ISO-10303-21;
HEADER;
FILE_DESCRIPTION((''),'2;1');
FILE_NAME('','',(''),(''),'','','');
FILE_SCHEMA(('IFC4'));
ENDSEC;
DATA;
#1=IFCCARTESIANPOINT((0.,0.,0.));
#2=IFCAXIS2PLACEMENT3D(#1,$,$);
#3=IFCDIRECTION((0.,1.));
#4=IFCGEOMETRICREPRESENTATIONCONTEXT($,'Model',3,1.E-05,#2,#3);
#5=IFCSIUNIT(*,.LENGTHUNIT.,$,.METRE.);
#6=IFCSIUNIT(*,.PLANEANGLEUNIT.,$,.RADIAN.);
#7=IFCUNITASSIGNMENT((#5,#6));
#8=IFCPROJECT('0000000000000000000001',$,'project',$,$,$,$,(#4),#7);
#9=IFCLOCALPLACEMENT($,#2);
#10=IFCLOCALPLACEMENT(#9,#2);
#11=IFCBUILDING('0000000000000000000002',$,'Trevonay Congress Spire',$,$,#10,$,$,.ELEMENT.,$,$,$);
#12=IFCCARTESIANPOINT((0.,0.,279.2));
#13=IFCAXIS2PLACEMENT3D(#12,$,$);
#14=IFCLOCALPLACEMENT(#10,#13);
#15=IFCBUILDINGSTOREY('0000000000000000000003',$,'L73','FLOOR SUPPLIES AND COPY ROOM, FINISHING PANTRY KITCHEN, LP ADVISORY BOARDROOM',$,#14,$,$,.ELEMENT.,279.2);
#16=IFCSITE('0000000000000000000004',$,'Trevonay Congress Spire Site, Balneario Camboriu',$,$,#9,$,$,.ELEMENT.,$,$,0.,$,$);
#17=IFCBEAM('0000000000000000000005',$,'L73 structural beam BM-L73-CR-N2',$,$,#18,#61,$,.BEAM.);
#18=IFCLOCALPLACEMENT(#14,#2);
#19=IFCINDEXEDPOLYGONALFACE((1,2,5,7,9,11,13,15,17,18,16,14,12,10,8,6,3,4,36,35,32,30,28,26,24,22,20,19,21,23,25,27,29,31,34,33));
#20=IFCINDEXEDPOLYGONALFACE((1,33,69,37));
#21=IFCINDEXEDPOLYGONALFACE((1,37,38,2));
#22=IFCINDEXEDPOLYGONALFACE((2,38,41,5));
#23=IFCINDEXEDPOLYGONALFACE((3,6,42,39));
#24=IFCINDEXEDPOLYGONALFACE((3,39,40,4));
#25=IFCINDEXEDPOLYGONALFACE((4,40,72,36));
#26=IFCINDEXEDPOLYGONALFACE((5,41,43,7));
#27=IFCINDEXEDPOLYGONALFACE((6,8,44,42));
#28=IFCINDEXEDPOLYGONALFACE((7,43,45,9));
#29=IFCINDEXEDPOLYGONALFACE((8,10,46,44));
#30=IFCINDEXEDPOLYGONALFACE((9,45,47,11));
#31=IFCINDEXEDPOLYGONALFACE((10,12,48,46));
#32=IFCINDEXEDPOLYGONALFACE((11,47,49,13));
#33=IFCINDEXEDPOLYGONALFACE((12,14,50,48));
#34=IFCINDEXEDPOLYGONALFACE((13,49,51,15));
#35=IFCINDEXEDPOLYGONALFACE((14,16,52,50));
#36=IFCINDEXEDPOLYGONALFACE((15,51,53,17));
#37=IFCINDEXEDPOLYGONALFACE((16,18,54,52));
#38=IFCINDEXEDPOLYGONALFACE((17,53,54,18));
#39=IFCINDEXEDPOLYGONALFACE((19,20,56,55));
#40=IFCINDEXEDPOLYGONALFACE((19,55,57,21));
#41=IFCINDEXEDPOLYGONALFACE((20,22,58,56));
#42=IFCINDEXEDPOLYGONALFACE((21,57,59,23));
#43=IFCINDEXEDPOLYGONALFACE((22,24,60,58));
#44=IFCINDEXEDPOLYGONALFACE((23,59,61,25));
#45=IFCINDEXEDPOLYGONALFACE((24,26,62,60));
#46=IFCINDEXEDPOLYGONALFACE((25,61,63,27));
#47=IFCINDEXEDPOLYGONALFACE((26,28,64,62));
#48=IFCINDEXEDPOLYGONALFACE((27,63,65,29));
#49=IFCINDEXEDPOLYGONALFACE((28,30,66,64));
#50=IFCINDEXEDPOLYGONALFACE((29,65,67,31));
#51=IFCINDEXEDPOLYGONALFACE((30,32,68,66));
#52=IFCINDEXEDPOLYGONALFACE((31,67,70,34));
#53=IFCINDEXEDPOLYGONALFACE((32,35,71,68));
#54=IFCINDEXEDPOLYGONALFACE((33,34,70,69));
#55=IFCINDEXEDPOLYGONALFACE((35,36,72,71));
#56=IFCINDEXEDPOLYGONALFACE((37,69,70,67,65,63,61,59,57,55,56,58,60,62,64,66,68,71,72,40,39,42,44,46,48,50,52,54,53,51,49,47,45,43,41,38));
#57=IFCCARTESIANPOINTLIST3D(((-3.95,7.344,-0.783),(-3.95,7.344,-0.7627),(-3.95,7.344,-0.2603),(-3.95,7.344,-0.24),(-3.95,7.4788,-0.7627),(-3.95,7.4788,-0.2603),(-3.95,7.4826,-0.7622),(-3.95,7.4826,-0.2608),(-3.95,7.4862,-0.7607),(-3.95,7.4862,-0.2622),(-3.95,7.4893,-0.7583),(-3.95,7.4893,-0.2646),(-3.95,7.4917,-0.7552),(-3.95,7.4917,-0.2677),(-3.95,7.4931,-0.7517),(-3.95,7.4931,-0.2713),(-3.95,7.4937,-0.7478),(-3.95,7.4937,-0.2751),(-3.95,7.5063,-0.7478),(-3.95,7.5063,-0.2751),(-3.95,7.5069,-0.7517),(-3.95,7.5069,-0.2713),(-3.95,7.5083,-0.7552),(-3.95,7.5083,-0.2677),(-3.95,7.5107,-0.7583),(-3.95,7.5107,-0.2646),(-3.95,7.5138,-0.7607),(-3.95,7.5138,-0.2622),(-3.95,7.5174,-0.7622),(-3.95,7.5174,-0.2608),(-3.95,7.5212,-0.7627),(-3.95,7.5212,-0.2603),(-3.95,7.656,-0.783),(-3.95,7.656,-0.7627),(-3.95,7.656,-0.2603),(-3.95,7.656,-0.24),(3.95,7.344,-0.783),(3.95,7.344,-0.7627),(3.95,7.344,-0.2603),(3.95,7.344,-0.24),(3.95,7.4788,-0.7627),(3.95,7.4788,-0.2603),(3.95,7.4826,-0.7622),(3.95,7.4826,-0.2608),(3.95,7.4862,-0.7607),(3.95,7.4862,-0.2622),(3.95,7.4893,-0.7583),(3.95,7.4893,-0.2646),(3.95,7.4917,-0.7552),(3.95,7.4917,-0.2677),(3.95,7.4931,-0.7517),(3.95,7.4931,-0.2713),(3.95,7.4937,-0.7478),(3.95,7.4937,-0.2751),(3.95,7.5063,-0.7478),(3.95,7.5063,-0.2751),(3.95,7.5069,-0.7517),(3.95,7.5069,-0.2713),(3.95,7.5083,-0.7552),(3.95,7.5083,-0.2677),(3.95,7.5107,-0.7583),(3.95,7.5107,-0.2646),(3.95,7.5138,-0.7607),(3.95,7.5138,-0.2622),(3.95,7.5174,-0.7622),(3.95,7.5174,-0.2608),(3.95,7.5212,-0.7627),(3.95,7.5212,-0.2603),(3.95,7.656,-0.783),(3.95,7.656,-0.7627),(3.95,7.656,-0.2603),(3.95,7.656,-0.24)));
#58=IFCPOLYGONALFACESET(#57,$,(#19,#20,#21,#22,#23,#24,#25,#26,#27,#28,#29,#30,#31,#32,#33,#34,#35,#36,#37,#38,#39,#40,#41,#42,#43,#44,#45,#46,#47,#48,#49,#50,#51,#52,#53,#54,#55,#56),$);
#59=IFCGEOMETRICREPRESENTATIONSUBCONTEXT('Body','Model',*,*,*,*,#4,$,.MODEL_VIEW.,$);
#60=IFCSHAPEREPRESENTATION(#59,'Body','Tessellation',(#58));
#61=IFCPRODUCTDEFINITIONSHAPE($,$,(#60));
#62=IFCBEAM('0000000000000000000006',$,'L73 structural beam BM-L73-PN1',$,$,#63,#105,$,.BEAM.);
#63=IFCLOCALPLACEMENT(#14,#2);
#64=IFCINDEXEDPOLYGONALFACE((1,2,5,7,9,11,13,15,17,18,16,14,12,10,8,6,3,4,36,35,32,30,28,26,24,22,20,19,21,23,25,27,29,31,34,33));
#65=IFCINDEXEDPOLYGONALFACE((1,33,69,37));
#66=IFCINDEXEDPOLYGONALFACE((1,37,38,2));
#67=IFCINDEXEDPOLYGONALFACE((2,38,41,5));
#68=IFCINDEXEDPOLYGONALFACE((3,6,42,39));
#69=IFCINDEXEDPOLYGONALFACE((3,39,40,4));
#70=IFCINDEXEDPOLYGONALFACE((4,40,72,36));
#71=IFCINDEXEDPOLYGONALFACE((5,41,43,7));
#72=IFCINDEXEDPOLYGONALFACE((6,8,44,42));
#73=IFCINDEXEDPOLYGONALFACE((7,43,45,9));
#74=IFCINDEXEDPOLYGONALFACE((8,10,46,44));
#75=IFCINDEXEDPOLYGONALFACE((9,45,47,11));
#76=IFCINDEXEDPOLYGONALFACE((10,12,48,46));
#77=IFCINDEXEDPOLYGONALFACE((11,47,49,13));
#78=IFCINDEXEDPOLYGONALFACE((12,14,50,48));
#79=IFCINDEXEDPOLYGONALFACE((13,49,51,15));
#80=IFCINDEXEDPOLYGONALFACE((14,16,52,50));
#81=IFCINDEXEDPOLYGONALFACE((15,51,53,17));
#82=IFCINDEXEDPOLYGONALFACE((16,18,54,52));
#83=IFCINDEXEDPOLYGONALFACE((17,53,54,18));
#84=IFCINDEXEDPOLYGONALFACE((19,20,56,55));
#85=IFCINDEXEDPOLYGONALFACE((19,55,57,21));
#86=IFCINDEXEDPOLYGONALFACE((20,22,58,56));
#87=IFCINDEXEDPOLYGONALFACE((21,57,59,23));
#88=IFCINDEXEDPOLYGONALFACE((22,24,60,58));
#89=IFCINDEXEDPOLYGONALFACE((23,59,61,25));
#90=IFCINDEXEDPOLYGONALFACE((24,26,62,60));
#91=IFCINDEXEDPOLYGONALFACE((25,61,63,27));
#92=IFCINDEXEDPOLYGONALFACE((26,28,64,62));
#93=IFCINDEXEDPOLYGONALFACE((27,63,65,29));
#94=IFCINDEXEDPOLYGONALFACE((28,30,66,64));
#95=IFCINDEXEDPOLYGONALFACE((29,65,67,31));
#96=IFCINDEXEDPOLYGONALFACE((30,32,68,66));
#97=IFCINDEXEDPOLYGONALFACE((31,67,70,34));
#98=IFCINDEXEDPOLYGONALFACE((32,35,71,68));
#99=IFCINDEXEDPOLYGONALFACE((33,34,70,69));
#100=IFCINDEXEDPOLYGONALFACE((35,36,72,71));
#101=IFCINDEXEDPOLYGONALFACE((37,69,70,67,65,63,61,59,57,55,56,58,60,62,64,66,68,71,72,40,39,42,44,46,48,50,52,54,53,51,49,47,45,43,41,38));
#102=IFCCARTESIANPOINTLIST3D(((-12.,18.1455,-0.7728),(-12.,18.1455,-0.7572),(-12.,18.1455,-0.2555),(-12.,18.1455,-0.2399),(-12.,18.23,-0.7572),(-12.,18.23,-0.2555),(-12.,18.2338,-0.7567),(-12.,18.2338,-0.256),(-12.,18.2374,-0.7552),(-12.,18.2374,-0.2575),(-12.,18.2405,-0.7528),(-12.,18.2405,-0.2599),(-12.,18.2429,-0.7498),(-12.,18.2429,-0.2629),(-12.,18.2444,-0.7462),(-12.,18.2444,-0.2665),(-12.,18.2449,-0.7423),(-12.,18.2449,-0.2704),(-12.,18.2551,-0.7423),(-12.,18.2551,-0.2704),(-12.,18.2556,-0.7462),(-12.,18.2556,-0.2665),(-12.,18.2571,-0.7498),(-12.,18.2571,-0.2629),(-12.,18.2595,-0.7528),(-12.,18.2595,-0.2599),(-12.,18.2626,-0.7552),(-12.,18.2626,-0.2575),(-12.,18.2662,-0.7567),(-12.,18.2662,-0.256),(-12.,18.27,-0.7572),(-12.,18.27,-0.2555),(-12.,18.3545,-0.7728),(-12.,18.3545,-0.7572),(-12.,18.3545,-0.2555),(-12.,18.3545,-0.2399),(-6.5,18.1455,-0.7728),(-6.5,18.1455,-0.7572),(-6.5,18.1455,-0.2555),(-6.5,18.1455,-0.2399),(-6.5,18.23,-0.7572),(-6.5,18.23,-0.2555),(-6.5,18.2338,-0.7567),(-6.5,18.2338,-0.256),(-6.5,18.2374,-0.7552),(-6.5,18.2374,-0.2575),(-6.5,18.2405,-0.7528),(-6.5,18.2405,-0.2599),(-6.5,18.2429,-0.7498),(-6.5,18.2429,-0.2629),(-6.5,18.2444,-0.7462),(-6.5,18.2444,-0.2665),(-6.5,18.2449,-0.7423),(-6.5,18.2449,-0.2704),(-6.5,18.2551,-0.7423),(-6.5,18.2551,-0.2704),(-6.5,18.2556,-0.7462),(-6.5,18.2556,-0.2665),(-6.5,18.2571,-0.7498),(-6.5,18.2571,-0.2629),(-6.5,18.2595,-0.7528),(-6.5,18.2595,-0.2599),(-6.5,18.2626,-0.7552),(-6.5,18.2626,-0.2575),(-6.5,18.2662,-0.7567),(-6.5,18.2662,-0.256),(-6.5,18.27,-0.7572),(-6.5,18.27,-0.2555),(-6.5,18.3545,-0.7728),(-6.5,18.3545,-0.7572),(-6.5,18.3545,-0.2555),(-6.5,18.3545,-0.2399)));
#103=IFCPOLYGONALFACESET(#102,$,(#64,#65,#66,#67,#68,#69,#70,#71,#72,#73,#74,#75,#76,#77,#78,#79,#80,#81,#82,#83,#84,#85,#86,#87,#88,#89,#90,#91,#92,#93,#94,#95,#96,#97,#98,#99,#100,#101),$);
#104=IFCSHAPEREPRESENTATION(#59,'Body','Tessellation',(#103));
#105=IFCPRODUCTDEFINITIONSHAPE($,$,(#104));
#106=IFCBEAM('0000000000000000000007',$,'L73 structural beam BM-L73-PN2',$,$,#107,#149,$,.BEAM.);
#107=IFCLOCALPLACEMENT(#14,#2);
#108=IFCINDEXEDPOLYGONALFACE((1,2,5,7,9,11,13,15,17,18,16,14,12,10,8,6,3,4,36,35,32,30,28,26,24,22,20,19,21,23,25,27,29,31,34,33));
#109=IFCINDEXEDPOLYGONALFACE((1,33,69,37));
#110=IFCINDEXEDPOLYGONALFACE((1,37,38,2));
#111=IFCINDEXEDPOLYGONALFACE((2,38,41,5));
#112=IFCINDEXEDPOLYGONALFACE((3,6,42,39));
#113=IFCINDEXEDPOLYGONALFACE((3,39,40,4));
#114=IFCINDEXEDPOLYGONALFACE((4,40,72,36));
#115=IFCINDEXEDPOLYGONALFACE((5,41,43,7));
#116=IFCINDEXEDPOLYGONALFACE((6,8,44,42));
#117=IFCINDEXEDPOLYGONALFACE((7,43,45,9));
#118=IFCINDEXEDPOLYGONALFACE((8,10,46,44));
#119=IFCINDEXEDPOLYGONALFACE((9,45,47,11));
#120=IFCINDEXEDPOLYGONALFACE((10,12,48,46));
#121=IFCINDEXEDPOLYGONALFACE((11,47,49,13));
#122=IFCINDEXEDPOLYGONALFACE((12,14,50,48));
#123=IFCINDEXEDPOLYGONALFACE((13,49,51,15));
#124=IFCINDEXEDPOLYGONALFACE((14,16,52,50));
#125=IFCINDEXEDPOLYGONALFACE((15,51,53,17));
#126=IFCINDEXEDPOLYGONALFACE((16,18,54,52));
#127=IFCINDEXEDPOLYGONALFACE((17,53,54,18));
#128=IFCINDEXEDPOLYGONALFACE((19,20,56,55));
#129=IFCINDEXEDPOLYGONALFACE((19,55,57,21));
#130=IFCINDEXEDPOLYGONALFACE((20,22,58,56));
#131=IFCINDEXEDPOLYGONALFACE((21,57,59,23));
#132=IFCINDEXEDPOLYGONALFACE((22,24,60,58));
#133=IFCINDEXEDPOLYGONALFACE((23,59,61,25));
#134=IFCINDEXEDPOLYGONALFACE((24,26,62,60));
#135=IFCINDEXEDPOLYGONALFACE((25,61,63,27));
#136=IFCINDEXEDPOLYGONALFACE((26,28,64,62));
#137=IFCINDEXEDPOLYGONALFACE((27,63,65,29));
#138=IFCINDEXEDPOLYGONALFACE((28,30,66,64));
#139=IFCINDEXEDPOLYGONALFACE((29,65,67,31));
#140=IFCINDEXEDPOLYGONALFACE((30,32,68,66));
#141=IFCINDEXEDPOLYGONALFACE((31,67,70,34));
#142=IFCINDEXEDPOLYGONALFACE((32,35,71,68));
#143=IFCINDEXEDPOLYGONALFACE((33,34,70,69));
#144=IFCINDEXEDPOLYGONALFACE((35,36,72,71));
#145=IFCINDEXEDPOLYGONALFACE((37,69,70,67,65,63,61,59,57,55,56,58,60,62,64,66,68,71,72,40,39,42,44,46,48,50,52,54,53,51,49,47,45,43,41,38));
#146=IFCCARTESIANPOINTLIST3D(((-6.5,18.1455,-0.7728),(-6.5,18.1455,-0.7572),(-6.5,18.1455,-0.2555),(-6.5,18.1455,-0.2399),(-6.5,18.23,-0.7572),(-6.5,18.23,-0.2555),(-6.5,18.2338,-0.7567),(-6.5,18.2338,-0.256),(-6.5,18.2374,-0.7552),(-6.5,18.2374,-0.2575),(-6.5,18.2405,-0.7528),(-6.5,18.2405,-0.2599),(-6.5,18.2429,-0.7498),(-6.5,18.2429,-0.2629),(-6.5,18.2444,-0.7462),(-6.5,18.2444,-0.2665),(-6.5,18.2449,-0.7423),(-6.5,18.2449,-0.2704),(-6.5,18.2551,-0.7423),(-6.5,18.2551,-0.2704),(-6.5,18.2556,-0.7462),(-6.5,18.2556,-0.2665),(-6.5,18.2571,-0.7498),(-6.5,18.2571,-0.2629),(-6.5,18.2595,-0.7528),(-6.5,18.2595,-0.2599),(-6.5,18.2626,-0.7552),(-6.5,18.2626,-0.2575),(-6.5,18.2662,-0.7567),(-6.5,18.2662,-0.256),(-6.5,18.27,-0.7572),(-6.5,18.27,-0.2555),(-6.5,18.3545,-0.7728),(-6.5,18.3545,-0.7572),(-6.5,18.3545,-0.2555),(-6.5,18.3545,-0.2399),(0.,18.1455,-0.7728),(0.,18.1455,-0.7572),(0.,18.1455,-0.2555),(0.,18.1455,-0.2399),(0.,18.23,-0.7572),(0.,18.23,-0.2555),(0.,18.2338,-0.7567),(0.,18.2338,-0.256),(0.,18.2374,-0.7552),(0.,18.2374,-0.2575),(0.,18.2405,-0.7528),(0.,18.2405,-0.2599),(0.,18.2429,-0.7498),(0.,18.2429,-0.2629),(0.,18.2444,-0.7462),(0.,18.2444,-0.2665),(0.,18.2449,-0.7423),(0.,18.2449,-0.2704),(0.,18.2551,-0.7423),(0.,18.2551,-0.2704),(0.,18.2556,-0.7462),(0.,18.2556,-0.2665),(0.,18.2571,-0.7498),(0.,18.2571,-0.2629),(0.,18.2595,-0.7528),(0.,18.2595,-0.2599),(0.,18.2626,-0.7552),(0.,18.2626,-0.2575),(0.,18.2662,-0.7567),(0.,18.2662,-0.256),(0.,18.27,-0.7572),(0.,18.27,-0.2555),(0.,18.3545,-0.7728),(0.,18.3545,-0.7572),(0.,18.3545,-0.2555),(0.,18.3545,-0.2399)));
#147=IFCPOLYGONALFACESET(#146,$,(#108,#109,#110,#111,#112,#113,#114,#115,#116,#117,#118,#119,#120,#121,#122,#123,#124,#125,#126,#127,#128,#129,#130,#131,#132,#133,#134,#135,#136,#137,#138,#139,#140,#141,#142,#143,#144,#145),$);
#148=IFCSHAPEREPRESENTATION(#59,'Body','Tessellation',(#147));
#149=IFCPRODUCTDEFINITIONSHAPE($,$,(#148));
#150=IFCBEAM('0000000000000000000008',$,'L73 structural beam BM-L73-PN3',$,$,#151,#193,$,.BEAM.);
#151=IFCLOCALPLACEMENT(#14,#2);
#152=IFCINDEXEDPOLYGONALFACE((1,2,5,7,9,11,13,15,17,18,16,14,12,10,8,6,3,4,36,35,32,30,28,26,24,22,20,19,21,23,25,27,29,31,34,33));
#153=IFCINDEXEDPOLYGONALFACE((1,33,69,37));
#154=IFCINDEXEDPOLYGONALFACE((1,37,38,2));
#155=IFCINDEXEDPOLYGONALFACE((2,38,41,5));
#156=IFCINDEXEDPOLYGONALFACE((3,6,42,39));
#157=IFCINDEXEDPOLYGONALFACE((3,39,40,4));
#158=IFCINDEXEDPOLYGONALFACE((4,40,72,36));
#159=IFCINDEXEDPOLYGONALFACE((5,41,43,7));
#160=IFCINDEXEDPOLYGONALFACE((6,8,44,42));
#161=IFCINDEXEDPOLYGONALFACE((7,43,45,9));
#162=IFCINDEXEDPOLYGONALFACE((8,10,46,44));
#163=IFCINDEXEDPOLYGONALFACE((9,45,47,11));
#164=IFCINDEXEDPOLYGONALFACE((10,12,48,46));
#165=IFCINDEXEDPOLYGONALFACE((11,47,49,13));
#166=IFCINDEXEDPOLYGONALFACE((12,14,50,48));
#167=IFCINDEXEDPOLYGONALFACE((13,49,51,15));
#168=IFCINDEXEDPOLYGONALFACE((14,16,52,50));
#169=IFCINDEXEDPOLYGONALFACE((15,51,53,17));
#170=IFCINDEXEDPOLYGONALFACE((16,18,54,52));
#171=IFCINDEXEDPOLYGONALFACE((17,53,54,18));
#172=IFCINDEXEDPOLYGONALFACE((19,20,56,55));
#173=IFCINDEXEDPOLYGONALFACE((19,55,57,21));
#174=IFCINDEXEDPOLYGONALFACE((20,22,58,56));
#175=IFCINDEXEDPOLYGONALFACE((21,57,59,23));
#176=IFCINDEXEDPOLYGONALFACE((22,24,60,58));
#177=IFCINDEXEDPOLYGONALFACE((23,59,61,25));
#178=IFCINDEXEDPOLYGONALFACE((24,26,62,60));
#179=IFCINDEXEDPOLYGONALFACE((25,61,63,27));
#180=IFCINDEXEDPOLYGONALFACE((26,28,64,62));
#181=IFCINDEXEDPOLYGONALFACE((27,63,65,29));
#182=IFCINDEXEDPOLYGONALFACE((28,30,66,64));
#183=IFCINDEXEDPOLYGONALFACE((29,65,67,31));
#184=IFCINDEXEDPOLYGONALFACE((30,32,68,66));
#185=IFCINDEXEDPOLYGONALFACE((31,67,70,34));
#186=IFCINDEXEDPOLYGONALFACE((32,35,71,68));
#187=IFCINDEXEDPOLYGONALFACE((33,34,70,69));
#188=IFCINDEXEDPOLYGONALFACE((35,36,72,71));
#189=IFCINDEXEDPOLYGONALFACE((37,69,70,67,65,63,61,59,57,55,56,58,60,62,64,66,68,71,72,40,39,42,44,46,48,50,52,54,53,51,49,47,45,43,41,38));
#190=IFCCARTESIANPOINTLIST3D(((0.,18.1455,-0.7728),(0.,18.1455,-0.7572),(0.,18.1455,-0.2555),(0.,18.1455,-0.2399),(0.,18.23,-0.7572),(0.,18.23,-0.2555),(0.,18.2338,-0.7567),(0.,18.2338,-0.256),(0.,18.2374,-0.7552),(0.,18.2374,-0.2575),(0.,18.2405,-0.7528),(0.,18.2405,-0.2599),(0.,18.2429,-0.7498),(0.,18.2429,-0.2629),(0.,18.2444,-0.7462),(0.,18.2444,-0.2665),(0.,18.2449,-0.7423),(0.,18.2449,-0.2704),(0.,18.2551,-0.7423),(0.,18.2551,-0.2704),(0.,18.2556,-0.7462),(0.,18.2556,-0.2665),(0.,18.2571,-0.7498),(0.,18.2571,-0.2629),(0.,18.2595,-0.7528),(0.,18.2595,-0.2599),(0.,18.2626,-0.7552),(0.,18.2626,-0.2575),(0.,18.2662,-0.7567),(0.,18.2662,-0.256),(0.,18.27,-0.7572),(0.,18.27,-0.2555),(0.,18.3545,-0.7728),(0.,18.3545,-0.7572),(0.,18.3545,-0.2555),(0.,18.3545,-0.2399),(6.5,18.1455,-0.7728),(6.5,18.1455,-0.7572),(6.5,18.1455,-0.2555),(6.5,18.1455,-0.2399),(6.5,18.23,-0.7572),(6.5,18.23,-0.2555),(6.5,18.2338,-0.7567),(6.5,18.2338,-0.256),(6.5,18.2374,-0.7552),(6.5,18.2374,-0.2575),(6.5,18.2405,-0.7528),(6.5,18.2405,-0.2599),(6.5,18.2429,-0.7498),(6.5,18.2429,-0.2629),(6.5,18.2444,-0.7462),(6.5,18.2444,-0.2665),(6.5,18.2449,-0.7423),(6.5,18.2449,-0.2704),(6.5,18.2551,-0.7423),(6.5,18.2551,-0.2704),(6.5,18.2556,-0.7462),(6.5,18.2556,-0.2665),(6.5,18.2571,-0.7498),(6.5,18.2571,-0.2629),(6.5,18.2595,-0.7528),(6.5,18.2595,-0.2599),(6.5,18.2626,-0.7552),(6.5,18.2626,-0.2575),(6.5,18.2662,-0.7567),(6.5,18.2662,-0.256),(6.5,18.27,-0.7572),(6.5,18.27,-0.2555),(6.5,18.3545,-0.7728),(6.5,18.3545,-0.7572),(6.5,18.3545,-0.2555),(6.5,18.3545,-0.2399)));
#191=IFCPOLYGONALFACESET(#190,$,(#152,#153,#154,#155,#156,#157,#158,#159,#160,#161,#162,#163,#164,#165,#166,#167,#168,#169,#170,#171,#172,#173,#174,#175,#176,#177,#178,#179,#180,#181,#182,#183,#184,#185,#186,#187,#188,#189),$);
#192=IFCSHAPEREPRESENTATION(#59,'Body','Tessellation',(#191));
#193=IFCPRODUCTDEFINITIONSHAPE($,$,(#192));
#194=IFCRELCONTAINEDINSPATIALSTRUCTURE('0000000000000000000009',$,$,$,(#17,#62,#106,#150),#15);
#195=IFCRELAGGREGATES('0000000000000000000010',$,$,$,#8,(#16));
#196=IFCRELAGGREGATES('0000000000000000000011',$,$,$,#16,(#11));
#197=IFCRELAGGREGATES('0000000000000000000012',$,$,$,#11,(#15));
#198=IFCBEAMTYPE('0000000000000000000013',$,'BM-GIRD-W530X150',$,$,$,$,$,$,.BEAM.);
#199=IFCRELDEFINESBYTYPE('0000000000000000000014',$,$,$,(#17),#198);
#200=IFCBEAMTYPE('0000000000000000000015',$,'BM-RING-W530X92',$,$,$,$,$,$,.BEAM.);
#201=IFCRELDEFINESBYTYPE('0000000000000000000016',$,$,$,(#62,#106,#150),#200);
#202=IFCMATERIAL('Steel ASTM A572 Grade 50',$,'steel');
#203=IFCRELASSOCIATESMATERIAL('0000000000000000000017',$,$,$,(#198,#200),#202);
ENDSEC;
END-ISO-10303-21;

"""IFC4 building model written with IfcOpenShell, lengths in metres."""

from ifc_helpers import new_model, si_unit, direction, frame, origin, origin_2d, place, context, subcontext, project, spatial, i_section, extrude, material, material_profile, profile_set, type_object, element, save


model = new_model("IFC4")

# Units and contexts
model_context = context("Model", 3, precision=1e-05, world=origin(), true_north=direction((0.0, 1.0)))
body_context = subcontext(model_context, "Body", "Model", "MODEL_VIEW")
ifc_project = project(units=[si_unit("LENGTHUNIT", "METRE"), si_unit("PLANEANGLEUNIT", "RADIAN")], contexts=[model_context])

# Site, building, storey
site_placement = place(None, origin())
site = spatial("IfcSite", under=ifc_project, at=site_placement, Name="Trevonay Congress Spire Site, Balneario Camboriu", CompositionType="ELEMENT", RefElevation=0.0)
building_placement = place(site_placement, origin())
building = spatial("IfcBuilding", under=site, at=building_placement, Name="Trevonay Congress Spire", CompositionType="ELEMENT")
storey_placement = place(building_placement, frame((0.0, 0.0, 279.2)))
storey = spatial("IfcBuildingStorey", under=building, at=storey_placement, Name="L73", Description="FLOOR SUPPLIES AND COPY ROOM, FINISHING PANTRY KITCHEN, LP ADVISORY BOARDROOM", CompositionType="ELEMENT", Elevation=279.2)

# Shared definitions
ifc_material_1 = material(Name="Steel ASTM A572 Grade 50", Category="steel")

# Beams
ifc_material_profile_1 = material_profile(ifc_material_1, i_section(OverallWidth=0.312, OverallDepth=0.543, WebThickness=0.0127, FlangeThickness=0.0203, FilletRadius=0.0149, at=origin_2d()), Name="W530x150")
ifc_profile_set_1 = profile_set([ifc_material_profile_1], Name="Steel ASTM A572 Grade 50")
beam_type_1 = type_object("IfcBeamType", Name="BM-GIRD-W530X150", PredefinedType="BEAM", material=ifc_profile_set_1)
beam_1_placement = place(storey_placement, frame((-3.95, 7.5, -0.5115), z_axis=(1.0, 0.0, 0.0), x_axis=(0.0, 1.0, 0.0)))
element("IfcBeam", 1, at=beam_1_placement, inside=storey, type_object=beam_type_1, Name="L73 structural beam BM-L73-CR-N2", PredefinedType="BEAM", context=body_context, shape_type="SweptSolid", body=[
    extrude(i_section(OverallWidth=0.312, OverallDepth=0.543, WebThickness=0.0127, FlangeThickness=0.0203, FilletRadius=0.0149, at=origin_2d()), origin(), (0.0, 0.0, 1.0), 7.8999),
])
ifc_material_profile_2 = material_profile(ifc_material_1, i_section(OverallWidth=0.209, OverallDepth=0.533, WebThickness=0.0103, FlangeThickness=0.0156, FilletRadius=0.0149, at=origin_2d()), Name="W530x92")
ifc_profile_set_2 = profile_set([ifc_material_profile_2], Name="Steel ASTM A572 Grade 50")
beam_type_2 = type_object("IfcBeamType", Name="BM-RING-W530X92", PredefinedType="BEAM", material=ifc_profile_set_2)
beam_2_placement = place(storey_placement, frame((-12.0, 18.25, -0.5063), z_axis=(1.0, 0.0, 0.0), x_axis=(0.0, 1.0, 0.0)))
element("IfcBeam", 2, at=beam_2_placement, inside=storey, type_object=beam_type_2, Name="L73 structural beam BM-L73-PN1", PredefinedType="BEAM", context=body_context, shape_type="SweptSolid", body=[
    extrude(i_section(OverallWidth=0.209, OverallDepth=0.533, WebThickness=0.0103, FlangeThickness=0.0156, FilletRadius=0.0149, at=origin_2d()), origin(), (0.0, 0.0, 1.0), 5.5),
])
for number, where, z_axis, x_axis, name in (
    (3, (-6.5, 18.25, -0.5063), (1.0, 0.0, 0.0), (0.0, 1.0, 0.0), "L73 structural beam BM-L73-PN2"),
    (4, (0.0, 18.25, -0.5063), (1.0, 0.0, 0.0), (0.0, 1.0, 0.0), "L73 structural beam BM-L73-PN3"),
):
    element("IfcBeam", number, at=place(storey_placement, frame(where, z_axis=z_axis, x_axis=x_axis)), inside=storey, type_object=beam_type_2, Name=name, PredefinedType="BEAM", context=body_context, shape_type="SweptSolid", body=[
        extrude(i_section(OverallWidth=0.209, OverallDepth=0.533, WebThickness=0.0103, FlangeThickness=0.0156, FilletRadius=0.0149, at=origin_2d()), origin(), (0.0, 0.0, 1.0), 6.5),
    ])

save(model, "model.ifc")
